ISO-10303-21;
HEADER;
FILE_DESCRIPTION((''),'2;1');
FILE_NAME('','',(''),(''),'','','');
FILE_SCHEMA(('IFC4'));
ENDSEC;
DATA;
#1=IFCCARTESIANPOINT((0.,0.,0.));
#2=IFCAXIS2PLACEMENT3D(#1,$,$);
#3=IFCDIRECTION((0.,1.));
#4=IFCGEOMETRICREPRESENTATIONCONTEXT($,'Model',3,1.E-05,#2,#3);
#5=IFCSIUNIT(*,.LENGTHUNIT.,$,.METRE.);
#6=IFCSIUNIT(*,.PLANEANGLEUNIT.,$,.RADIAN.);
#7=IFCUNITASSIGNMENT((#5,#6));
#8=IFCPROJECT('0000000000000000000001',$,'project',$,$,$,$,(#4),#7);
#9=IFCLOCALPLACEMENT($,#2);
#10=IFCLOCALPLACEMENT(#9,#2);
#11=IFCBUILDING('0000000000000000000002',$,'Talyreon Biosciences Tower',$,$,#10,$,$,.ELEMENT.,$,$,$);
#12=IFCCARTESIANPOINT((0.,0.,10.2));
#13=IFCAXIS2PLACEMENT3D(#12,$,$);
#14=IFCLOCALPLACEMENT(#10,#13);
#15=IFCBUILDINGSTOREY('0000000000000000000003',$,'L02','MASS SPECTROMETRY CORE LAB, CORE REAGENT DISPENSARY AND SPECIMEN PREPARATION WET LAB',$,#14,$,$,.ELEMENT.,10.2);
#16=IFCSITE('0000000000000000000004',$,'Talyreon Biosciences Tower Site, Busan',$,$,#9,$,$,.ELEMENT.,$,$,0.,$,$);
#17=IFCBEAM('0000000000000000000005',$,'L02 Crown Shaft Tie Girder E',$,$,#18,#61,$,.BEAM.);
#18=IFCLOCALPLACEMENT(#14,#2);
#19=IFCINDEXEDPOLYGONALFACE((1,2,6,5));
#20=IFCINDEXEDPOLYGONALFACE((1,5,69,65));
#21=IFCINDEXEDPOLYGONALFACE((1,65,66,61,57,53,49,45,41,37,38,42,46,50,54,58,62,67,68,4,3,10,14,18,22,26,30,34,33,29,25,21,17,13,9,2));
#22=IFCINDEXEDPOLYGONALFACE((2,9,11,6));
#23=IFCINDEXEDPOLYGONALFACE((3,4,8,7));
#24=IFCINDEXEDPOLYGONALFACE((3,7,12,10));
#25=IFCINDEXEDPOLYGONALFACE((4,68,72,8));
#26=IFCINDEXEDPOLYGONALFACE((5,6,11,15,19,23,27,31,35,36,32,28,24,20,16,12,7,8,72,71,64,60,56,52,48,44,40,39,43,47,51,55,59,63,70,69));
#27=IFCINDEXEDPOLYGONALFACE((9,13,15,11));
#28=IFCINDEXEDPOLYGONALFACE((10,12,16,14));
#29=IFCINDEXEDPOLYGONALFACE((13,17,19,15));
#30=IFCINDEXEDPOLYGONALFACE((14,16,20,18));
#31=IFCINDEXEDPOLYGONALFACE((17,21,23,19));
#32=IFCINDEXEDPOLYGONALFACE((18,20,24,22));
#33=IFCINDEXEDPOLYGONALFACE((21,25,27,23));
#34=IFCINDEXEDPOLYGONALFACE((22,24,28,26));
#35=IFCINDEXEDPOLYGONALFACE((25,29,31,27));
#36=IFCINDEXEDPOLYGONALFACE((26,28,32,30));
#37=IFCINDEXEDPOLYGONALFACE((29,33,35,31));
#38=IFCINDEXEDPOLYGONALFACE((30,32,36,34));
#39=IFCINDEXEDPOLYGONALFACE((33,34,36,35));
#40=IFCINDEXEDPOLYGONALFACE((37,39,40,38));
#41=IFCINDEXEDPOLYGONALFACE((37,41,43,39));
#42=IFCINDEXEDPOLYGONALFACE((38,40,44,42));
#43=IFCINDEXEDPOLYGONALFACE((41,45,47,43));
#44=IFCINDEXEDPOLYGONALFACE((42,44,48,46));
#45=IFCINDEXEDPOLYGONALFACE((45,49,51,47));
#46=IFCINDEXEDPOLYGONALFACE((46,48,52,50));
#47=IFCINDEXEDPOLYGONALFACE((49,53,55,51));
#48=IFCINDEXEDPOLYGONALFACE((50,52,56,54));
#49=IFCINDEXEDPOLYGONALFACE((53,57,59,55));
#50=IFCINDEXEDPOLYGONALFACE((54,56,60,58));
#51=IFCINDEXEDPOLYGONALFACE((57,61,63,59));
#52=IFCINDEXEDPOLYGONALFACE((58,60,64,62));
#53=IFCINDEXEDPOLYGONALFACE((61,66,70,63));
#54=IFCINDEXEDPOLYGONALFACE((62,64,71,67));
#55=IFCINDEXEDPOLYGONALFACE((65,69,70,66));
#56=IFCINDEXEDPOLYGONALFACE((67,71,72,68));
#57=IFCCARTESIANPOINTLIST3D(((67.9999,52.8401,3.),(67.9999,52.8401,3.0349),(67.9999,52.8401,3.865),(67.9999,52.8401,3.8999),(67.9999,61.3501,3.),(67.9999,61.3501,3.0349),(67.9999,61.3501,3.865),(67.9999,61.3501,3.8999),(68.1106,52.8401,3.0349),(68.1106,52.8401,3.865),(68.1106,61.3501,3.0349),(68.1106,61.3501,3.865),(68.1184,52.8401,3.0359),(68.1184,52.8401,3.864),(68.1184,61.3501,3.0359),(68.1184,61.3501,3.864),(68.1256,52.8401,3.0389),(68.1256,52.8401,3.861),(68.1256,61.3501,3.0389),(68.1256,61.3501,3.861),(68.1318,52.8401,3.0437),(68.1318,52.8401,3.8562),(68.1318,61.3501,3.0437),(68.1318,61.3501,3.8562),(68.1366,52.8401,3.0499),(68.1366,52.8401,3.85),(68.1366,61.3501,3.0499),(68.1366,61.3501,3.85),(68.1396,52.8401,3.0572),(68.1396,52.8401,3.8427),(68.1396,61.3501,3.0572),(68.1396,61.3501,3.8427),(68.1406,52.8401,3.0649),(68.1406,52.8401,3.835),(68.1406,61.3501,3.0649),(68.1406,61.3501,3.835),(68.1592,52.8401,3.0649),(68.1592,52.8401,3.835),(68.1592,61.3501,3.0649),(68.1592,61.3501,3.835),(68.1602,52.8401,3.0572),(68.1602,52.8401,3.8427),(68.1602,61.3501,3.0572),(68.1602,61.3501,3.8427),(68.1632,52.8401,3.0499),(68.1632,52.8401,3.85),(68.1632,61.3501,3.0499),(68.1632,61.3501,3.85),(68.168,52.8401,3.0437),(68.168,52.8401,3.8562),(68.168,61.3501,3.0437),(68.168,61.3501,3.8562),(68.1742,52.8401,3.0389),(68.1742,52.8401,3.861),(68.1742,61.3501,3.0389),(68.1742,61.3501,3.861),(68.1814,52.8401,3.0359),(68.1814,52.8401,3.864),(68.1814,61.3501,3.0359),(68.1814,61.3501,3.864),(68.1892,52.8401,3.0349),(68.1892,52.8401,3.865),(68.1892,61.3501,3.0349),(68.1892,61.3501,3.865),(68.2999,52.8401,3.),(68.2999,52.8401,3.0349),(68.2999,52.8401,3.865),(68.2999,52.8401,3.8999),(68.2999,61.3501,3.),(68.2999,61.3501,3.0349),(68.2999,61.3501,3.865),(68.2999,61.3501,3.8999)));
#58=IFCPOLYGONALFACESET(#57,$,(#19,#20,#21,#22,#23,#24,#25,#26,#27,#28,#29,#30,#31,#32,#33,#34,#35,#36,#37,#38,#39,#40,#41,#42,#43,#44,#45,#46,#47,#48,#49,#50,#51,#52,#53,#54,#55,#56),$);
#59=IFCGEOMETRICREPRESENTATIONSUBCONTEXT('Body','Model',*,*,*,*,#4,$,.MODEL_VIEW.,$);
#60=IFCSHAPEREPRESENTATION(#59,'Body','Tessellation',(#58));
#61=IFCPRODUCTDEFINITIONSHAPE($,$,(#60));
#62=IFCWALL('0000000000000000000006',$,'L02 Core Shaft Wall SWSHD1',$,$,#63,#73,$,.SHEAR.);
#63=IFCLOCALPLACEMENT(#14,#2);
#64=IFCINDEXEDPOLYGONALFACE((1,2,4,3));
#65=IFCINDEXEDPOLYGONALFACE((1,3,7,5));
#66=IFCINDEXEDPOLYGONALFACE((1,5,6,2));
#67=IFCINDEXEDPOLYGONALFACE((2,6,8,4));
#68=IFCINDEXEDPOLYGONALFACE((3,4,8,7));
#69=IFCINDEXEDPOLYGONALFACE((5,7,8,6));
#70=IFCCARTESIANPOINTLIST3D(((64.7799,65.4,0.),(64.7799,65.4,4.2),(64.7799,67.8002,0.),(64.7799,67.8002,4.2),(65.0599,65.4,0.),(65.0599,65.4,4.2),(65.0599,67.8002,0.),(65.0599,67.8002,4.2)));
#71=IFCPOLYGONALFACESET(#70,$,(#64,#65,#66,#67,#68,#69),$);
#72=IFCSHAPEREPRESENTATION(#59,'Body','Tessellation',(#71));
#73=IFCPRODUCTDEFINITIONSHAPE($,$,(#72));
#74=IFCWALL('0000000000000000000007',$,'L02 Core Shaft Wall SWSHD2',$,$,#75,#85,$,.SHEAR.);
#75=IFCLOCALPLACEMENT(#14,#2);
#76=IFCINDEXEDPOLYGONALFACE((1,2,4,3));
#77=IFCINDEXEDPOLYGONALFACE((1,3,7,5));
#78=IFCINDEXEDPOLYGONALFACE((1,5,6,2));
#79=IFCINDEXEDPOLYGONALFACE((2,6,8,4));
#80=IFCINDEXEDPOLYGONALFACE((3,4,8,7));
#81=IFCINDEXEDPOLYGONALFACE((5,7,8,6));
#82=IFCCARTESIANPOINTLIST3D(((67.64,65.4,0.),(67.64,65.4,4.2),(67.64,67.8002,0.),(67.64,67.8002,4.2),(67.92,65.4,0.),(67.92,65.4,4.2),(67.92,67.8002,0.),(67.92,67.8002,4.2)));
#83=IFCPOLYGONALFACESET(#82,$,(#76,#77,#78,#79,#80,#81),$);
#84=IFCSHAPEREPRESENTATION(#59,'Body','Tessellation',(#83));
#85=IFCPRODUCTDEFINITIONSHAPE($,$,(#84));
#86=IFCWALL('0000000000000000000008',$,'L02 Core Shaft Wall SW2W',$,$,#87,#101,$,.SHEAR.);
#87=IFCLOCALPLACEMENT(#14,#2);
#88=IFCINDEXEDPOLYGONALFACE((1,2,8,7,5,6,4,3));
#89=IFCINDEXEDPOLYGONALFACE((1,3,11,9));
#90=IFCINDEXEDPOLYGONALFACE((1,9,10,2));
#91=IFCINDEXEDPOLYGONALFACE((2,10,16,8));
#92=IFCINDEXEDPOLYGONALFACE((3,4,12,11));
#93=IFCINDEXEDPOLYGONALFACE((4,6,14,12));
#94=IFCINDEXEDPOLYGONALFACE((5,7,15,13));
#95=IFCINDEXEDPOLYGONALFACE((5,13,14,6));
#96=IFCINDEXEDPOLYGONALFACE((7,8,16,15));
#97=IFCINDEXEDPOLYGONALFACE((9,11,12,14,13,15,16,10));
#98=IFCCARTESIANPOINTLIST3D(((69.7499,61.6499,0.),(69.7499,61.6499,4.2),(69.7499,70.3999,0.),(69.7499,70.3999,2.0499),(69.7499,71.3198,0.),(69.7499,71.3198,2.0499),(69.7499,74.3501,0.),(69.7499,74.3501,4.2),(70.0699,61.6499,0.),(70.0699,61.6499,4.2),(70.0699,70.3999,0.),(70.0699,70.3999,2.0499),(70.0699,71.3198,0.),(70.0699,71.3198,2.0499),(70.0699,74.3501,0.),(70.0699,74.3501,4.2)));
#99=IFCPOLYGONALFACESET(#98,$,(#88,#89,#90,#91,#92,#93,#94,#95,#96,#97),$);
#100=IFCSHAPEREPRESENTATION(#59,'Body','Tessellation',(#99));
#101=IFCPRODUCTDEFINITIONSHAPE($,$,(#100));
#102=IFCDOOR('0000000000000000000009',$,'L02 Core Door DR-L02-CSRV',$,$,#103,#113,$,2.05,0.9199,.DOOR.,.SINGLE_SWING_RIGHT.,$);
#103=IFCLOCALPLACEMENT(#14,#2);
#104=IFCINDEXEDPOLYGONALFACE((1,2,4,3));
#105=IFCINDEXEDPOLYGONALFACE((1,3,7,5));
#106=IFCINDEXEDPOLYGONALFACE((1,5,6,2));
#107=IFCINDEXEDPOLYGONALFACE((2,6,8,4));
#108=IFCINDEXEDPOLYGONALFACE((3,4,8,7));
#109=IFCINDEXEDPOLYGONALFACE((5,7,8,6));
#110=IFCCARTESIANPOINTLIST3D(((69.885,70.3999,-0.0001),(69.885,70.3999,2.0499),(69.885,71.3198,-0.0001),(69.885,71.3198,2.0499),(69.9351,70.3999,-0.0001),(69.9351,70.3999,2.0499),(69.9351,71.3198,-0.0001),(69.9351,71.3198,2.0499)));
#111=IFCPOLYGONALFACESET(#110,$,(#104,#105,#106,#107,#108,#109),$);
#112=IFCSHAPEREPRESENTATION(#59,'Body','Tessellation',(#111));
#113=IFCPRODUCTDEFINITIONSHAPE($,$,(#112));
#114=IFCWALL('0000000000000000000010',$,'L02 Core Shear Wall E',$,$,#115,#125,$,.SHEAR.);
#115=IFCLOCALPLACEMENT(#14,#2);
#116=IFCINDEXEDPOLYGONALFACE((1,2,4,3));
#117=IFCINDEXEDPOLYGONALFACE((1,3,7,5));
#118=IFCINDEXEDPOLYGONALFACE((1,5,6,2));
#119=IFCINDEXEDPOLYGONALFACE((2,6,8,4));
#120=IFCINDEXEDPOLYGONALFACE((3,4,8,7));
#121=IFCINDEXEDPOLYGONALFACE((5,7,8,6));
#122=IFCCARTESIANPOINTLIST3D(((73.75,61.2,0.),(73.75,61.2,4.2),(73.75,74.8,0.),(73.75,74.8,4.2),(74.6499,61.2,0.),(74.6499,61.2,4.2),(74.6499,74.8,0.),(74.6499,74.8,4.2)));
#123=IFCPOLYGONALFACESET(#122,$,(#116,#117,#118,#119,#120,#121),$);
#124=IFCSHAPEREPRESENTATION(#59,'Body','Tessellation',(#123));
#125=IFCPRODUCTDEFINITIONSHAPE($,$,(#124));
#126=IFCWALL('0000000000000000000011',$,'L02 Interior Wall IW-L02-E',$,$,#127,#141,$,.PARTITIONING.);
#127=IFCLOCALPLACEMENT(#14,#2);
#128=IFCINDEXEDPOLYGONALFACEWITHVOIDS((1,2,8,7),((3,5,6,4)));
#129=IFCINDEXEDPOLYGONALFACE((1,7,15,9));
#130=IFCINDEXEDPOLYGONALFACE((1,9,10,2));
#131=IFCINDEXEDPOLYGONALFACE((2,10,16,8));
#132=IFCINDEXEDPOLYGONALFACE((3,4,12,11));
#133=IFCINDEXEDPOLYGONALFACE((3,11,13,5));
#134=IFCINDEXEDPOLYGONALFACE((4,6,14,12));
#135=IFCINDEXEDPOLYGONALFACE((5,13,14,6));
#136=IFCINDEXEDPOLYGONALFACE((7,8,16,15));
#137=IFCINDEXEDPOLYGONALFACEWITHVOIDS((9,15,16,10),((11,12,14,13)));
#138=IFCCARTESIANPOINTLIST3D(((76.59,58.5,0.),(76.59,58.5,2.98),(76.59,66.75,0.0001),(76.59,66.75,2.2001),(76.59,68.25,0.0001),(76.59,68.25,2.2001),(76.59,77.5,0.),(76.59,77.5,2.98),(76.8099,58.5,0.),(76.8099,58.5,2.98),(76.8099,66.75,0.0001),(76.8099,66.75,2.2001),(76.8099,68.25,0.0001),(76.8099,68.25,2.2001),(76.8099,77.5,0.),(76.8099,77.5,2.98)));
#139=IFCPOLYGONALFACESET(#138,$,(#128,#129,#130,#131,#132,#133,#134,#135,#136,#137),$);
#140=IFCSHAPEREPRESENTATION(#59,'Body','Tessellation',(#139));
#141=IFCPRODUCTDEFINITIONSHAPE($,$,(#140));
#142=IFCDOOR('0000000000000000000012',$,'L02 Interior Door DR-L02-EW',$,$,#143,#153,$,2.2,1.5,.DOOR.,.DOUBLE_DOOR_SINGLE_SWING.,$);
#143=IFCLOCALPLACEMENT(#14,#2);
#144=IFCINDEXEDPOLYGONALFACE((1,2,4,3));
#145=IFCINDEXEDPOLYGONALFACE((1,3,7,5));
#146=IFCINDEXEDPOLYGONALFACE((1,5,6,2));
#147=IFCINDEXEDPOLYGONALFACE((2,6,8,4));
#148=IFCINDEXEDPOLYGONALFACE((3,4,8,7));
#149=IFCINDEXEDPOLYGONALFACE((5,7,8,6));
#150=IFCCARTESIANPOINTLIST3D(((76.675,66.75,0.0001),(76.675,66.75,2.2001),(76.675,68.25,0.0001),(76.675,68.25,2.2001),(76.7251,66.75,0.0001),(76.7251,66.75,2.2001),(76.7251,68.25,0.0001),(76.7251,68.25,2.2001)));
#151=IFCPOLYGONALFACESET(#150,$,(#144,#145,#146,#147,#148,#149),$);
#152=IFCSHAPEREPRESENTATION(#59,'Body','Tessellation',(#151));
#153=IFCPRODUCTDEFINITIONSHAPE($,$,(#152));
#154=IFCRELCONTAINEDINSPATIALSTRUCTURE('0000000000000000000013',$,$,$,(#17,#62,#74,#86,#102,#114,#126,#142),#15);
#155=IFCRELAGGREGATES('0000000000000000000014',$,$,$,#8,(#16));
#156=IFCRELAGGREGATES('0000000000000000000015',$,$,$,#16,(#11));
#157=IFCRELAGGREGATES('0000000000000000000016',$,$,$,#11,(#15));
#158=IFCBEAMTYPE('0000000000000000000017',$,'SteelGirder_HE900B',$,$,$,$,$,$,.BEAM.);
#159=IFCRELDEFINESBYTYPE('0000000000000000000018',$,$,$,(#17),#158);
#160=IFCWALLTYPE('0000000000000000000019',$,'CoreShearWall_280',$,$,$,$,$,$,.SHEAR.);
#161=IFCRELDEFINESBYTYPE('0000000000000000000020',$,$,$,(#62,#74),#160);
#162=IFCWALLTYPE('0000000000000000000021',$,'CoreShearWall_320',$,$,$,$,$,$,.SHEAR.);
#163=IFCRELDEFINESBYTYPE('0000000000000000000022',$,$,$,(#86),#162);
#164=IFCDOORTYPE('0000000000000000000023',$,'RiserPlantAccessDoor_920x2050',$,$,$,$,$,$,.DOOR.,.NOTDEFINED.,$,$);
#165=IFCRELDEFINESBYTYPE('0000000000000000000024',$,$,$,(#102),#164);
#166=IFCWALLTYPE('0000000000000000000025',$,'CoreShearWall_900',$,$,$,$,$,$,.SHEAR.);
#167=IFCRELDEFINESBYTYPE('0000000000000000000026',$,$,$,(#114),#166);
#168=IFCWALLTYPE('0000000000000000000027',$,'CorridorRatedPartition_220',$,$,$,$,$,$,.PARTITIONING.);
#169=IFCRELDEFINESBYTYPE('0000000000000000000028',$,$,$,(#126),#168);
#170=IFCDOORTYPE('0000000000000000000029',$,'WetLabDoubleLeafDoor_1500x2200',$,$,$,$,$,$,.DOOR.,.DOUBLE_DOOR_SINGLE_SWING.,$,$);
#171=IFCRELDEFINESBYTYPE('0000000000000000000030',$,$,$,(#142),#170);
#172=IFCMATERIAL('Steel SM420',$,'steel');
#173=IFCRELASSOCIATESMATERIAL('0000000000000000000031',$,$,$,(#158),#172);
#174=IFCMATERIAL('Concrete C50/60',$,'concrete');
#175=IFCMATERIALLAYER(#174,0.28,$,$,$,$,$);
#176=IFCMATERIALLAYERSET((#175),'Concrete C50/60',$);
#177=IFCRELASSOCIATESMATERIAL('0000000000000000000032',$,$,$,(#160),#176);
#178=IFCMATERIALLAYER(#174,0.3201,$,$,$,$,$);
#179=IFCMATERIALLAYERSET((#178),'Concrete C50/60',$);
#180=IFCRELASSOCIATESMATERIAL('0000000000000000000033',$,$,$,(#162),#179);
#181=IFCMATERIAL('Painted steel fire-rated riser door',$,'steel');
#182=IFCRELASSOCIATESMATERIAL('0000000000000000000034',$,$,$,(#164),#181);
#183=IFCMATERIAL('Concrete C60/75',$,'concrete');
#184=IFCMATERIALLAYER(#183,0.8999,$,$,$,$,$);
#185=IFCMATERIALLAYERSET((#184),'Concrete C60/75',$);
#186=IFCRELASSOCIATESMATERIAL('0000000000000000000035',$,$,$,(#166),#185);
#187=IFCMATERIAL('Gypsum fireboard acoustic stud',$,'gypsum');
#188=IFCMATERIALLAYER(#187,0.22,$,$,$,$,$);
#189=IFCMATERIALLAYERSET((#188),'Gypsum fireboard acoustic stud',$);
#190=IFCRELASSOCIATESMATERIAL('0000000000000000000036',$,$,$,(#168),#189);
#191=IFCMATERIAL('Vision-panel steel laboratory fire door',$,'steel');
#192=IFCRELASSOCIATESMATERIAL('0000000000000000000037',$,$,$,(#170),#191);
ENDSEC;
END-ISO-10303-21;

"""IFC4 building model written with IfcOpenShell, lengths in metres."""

from ifc_helpers import new_model, si_unit, direction, frame, frame_2d, origin, origin_2d, place, context, subcontext, project, spatial, rectangle, i_section, extrude, material, layer, layer_set, material_profile, profile_set, type_object, element, fill, save


model = new_model("IFC4")

# Units and contexts
model_context = context("Model", 3, precision=1e-05, world=origin(), true_north=direction((0.0, 1.0)))
body_context = subcontext(model_context, "Body", "Model", "MODEL_VIEW")
ifc_project = project(units=[si_unit("LENGTHUNIT", "METRE"), si_unit("PLANEANGLEUNIT", "RADIAN")], contexts=[model_context])

# Site, building, storey
site_placement = place(None, origin())
site = spatial("IfcSite", under=ifc_project, at=site_placement, Name="Talyreon Biosciences Tower Site, Busan", CompositionType="ELEMENT", RefElevation=0.0)
building_placement = place(site_placement, origin())
building = spatial("IfcBuilding", under=site, at=building_placement, Name="Talyreon Biosciences Tower", CompositionType="ELEMENT")
storey_placement = place(building_placement, frame((0.0, 0.0, 10.2)))
storey = spatial("IfcBuildingStorey", under=building, at=storey_placement, Name="L02", Description="MASS SPECTROMETRY CORE LAB, CORE REAGENT DISPENSARY AND SPECIMEN PREPARATION WET LAB", CompositionType="ELEMENT", Elevation=10.2)

# Shared definitions
ifc_material_1 = material(Name="Concrete C60/75", Category="concrete")

# Beam
ifc_material_2 = material(Name="Concrete C50/60", Category="concrete")
ifc_material_3 = material(Name="Steel SM420", Category="steel")
ifc_material_profile_1 = material_profile(ifc_material_3, i_section(OverallWidth=0.3, OverallDepth=0.8999, WebThickness=0.0186, FlangeThickness=0.0349, FilletRadius=0.03, at=origin_2d()), Name="HE900B")
ifc_profile_set_1 = profile_set([ifc_material_profile_1], Name="Steel SM420")
beam_type_1 = type_object("IfcBeamType", Name="SteelGirder_HE900B", PredefinedType="BEAM", material=ifc_profile_set_1)
beam_1_placement = place(storey_placement, frame((68.1499, 52.8401, 3.45), z_axis=(0.0, 1.0, 0.0), x_axis=(-1.0, 0.0, 0.0)))
element("IfcBeam", 1, at=beam_1_placement, inside=storey, type_object=beam_type_1, Name="L02 Crown Shaft Tie Girder E", PredefinedType="BEAM", context=body_context, shape_type="SweptSolid", body=[
    extrude(i_section(OverallWidth=0.3, OverallDepth=0.8999, WebThickness=0.0186, FlangeThickness=0.0349, FilletRadius=0.03, at=origin_2d()), origin(), (0.0, 0.0, 1.0), 8.51),
])

# Walls
ifc_layer_1 = layer(ifc_material_2, 0.28)
ifc_layer_set_1 = layer_set([ifc_layer_1], Name="Concrete C50/60")
wall_type_1 = type_object("IfcWallType", Name="CoreShearWall_280", PredefinedType="SHEAR", material=ifc_layer_set_1)
for number, where, z_axis, x_axis, name in (
    (2, (64.9199, 65.3999, 0.0), (0.0, 0.0, 1.0), (0.0, 1.0, 0.0), "L02 Core Shaft Wall SWSHD1"),
    (3, (67.78, 65.3999, 0.0), (0.0, 0.0, 1.0), (0.0, 1.0, 0.0), "L02 Core Shaft Wall SWSHD2"),
):
    element("IfcWall", number, at=place(storey_placement, frame(where, z_axis=z_axis, x_axis=x_axis)), inside=storey, type_object=wall_type_1, Name=name, PredefinedType="SHEAR", context=body_context, shape_type="SweptSolid", body=[
        extrude(rectangle(XDim=2.4001, YDim=0.28, at=frame_2d((1.2002, 0.0))), origin(), (0.0, 0.0, 1.0), 4.2),
    ])

# Wall, opening, door
ifc_layer_2 = layer(ifc_material_2, 0.3201)
ifc_layer_set_2 = layer_set([ifc_layer_2], Name="Concrete C50/60")
wall_type_2 = type_object("IfcWallType", Name="CoreShearWall_320", PredefinedType="SHEAR", material=ifc_layer_set_2)
wall_1_placement = place(storey_placement, frame((69.9099, 61.6499, 0.0), z_axis=(0.0, 0.0, 1.0), x_axis=(0.0, 1.0, 0.0)))
wall_1 = element("IfcWall", 4, at=wall_1_placement, inside=storey, type_object=wall_type_2, Name="L02 Core Shaft Wall SW2W", PredefinedType="SHEAR", context=body_context, shape_type="SweptSolid", body=[
    extrude(rectangle(XDim=12.7002, YDim=0.3201, at=frame_2d((6.3501, 0.0))), origin(), (0.0, 0.0, 1.0), 4.2),
])
opening_1_placement = place(wall_1_placement, frame((8.75, 0.0, 0.0)))
opening_1 = element("IfcOpeningElement", 5, at=opening_1_placement, cuts=wall_1, PredefinedType="OPENING", context=body_context, shape_type="SweptSolid", body=[
    extrude(rectangle(XDim=0.9199, YDim=2.05, at=frame_2d((0.46, 1.0249))), frame((0.0, 0.1699, 0.0), z_axis=(0.0, -1.0, 0.0), x_axis=(1.0, 0.0, 0.0)), (0.0, 0.0, 1.0), 0.3401),
])
ifc_material_4 = material(Name="Painted steel fire-rated riser door", Category="steel")
door_type_1 = type_object("IfcDoorType", Name="RiserPlantAccessDoor_920x2050", OperationType="NOTDEFINED", PredefinedType="DOOR", material=ifc_material_4)
door_1_placement = place(opening_1_placement, origin())
door_1 = element("IfcDoor", 6, at=door_1_placement, inside=storey, type_object=door_type_1, Name="L02 Core Door DR-L02-CSRV", OperationType="SINGLE_SWING_RIGHT", OverallHeight=2.05, OverallWidth=0.9199, PredefinedType="DOOR", context=body_context, shape_type="SweptSolid", body=[
    extrude(rectangle(XDim=0.9199, YDim=2.05, at=frame_2d((0.46, 1.0249))), frame((0.0, 0.0249, 0.0), z_axis=(0.0, -1.0, 0.0), x_axis=(1.0, 0.0, 0.0)), (0.0, 0.0, 1.0), 0.05),
])
fill(opening_1, door_1)

# Wall
ifc_layer_3 = layer(ifc_material_1, 0.8999)
ifc_layer_set_3 = layer_set([ifc_layer_3], Name="Concrete C60/75")
wall_type_3 = type_object("IfcWallType", Name="CoreShearWall_900", PredefinedType="SHEAR", material=ifc_layer_set_3)
wall_2_placement = place(storey_placement, frame((74.2, 61.2, 0.0), z_axis=(0.0, 0.0, 1.0), x_axis=(0.0, 1.0, 0.0)))
element("IfcWall", 7, at=wall_2_placement, inside=storey, type_object=wall_type_3, Name="L02 Core Shear Wall E", PredefinedType="SHEAR", context=body_context, shape_type="SweptSolid", body=[
    extrude(rectangle(XDim=13.6001, YDim=0.8999, at=frame_2d((6.8, 0.0))), origin(), (0.0, 0.0, 1.0), 4.2),
])

# Wall, opening, door
ifc_material_5 = material(Name="Gypsum fireboard acoustic stud", Category="gypsum")
ifc_layer_4 = layer(ifc_material_5, 0.22)
ifc_layer_set_4 = layer_set([ifc_layer_4], Name="Gypsum fireboard acoustic stud")
wall_type_4 = type_object("IfcWallType", Name="CorridorRatedPartition_220", PredefinedType="PARTITIONING", material=ifc_layer_set_4)
wall_3_placement = place(storey_placement, frame((76.7, 58.5, 0.0), z_axis=(0.0, 0.0, 1.0), x_axis=(0.0, 1.0, 0.0)))
wall_3 = element("IfcWall", 8, at=wall_3_placement, inside=storey, type_object=wall_type_4, Name="L02 Interior Wall IW-L02-E", PredefinedType="PARTITIONING", context=body_context, shape_type="SweptSolid", body=[
    extrude(rectangle(XDim=19.0, YDim=0.22, at=frame_2d((9.5, 0.0))), origin(), (0.0, 0.0, 1.0), 2.98),
])
opening_2_placement = place(wall_3_placement, frame((8.25, 0.0, 0.0)))
opening_2 = element("IfcOpeningElement", 9, at=opening_2_placement, cuts=wall_3, PredefinedType="OPENING", context=body_context, shape_type="SweptSolid", body=[
    extrude(rectangle(XDim=1.5, YDim=2.2, at=frame_2d((0.75, 1.1001))), frame((0.0, 0.1199, 0.0), z_axis=(0.0, -1.0, 0.0), x_axis=(1.0, 0.0, 0.0)), (0.0, 0.0, 1.0), 0.24),
])
ifc_material_6 = material(Name="Vision-panel steel laboratory fire door", Category="steel")
door_type_2 = type_object("IfcDoorType", Name="WetLabDoubleLeafDoor_1500x2200", OperationType="DOUBLE_DOOR_SINGLE_SWING", PredefinedType="DOOR", material=ifc_material_6)
door_2_placement = place(opening_2_placement, origin())
door_2 = element("IfcDoor", 10, at=door_2_placement, inside=storey, type_object=door_type_2, Name="L02 Interior Door DR-L02-EW", OperationType="DOUBLE_DOOR_SINGLE_SWING", OverallHeight=2.2, OverallWidth=1.5, PredefinedType="DOOR", context=body_context, shape_type="SweptSolid", body=[
    extrude(rectangle(XDim=1.5, YDim=2.2, at=frame_2d((0.75, 1.1001))), frame((0.0, 0.0249, 0.0), z_axis=(0.0, -1.0, 0.0), x_axis=(1.0, 0.0, 0.0)), (0.0, 0.0, 1.0), 0.05),
])
fill(opening_2, door_2)

save(model, "model.ifc")
